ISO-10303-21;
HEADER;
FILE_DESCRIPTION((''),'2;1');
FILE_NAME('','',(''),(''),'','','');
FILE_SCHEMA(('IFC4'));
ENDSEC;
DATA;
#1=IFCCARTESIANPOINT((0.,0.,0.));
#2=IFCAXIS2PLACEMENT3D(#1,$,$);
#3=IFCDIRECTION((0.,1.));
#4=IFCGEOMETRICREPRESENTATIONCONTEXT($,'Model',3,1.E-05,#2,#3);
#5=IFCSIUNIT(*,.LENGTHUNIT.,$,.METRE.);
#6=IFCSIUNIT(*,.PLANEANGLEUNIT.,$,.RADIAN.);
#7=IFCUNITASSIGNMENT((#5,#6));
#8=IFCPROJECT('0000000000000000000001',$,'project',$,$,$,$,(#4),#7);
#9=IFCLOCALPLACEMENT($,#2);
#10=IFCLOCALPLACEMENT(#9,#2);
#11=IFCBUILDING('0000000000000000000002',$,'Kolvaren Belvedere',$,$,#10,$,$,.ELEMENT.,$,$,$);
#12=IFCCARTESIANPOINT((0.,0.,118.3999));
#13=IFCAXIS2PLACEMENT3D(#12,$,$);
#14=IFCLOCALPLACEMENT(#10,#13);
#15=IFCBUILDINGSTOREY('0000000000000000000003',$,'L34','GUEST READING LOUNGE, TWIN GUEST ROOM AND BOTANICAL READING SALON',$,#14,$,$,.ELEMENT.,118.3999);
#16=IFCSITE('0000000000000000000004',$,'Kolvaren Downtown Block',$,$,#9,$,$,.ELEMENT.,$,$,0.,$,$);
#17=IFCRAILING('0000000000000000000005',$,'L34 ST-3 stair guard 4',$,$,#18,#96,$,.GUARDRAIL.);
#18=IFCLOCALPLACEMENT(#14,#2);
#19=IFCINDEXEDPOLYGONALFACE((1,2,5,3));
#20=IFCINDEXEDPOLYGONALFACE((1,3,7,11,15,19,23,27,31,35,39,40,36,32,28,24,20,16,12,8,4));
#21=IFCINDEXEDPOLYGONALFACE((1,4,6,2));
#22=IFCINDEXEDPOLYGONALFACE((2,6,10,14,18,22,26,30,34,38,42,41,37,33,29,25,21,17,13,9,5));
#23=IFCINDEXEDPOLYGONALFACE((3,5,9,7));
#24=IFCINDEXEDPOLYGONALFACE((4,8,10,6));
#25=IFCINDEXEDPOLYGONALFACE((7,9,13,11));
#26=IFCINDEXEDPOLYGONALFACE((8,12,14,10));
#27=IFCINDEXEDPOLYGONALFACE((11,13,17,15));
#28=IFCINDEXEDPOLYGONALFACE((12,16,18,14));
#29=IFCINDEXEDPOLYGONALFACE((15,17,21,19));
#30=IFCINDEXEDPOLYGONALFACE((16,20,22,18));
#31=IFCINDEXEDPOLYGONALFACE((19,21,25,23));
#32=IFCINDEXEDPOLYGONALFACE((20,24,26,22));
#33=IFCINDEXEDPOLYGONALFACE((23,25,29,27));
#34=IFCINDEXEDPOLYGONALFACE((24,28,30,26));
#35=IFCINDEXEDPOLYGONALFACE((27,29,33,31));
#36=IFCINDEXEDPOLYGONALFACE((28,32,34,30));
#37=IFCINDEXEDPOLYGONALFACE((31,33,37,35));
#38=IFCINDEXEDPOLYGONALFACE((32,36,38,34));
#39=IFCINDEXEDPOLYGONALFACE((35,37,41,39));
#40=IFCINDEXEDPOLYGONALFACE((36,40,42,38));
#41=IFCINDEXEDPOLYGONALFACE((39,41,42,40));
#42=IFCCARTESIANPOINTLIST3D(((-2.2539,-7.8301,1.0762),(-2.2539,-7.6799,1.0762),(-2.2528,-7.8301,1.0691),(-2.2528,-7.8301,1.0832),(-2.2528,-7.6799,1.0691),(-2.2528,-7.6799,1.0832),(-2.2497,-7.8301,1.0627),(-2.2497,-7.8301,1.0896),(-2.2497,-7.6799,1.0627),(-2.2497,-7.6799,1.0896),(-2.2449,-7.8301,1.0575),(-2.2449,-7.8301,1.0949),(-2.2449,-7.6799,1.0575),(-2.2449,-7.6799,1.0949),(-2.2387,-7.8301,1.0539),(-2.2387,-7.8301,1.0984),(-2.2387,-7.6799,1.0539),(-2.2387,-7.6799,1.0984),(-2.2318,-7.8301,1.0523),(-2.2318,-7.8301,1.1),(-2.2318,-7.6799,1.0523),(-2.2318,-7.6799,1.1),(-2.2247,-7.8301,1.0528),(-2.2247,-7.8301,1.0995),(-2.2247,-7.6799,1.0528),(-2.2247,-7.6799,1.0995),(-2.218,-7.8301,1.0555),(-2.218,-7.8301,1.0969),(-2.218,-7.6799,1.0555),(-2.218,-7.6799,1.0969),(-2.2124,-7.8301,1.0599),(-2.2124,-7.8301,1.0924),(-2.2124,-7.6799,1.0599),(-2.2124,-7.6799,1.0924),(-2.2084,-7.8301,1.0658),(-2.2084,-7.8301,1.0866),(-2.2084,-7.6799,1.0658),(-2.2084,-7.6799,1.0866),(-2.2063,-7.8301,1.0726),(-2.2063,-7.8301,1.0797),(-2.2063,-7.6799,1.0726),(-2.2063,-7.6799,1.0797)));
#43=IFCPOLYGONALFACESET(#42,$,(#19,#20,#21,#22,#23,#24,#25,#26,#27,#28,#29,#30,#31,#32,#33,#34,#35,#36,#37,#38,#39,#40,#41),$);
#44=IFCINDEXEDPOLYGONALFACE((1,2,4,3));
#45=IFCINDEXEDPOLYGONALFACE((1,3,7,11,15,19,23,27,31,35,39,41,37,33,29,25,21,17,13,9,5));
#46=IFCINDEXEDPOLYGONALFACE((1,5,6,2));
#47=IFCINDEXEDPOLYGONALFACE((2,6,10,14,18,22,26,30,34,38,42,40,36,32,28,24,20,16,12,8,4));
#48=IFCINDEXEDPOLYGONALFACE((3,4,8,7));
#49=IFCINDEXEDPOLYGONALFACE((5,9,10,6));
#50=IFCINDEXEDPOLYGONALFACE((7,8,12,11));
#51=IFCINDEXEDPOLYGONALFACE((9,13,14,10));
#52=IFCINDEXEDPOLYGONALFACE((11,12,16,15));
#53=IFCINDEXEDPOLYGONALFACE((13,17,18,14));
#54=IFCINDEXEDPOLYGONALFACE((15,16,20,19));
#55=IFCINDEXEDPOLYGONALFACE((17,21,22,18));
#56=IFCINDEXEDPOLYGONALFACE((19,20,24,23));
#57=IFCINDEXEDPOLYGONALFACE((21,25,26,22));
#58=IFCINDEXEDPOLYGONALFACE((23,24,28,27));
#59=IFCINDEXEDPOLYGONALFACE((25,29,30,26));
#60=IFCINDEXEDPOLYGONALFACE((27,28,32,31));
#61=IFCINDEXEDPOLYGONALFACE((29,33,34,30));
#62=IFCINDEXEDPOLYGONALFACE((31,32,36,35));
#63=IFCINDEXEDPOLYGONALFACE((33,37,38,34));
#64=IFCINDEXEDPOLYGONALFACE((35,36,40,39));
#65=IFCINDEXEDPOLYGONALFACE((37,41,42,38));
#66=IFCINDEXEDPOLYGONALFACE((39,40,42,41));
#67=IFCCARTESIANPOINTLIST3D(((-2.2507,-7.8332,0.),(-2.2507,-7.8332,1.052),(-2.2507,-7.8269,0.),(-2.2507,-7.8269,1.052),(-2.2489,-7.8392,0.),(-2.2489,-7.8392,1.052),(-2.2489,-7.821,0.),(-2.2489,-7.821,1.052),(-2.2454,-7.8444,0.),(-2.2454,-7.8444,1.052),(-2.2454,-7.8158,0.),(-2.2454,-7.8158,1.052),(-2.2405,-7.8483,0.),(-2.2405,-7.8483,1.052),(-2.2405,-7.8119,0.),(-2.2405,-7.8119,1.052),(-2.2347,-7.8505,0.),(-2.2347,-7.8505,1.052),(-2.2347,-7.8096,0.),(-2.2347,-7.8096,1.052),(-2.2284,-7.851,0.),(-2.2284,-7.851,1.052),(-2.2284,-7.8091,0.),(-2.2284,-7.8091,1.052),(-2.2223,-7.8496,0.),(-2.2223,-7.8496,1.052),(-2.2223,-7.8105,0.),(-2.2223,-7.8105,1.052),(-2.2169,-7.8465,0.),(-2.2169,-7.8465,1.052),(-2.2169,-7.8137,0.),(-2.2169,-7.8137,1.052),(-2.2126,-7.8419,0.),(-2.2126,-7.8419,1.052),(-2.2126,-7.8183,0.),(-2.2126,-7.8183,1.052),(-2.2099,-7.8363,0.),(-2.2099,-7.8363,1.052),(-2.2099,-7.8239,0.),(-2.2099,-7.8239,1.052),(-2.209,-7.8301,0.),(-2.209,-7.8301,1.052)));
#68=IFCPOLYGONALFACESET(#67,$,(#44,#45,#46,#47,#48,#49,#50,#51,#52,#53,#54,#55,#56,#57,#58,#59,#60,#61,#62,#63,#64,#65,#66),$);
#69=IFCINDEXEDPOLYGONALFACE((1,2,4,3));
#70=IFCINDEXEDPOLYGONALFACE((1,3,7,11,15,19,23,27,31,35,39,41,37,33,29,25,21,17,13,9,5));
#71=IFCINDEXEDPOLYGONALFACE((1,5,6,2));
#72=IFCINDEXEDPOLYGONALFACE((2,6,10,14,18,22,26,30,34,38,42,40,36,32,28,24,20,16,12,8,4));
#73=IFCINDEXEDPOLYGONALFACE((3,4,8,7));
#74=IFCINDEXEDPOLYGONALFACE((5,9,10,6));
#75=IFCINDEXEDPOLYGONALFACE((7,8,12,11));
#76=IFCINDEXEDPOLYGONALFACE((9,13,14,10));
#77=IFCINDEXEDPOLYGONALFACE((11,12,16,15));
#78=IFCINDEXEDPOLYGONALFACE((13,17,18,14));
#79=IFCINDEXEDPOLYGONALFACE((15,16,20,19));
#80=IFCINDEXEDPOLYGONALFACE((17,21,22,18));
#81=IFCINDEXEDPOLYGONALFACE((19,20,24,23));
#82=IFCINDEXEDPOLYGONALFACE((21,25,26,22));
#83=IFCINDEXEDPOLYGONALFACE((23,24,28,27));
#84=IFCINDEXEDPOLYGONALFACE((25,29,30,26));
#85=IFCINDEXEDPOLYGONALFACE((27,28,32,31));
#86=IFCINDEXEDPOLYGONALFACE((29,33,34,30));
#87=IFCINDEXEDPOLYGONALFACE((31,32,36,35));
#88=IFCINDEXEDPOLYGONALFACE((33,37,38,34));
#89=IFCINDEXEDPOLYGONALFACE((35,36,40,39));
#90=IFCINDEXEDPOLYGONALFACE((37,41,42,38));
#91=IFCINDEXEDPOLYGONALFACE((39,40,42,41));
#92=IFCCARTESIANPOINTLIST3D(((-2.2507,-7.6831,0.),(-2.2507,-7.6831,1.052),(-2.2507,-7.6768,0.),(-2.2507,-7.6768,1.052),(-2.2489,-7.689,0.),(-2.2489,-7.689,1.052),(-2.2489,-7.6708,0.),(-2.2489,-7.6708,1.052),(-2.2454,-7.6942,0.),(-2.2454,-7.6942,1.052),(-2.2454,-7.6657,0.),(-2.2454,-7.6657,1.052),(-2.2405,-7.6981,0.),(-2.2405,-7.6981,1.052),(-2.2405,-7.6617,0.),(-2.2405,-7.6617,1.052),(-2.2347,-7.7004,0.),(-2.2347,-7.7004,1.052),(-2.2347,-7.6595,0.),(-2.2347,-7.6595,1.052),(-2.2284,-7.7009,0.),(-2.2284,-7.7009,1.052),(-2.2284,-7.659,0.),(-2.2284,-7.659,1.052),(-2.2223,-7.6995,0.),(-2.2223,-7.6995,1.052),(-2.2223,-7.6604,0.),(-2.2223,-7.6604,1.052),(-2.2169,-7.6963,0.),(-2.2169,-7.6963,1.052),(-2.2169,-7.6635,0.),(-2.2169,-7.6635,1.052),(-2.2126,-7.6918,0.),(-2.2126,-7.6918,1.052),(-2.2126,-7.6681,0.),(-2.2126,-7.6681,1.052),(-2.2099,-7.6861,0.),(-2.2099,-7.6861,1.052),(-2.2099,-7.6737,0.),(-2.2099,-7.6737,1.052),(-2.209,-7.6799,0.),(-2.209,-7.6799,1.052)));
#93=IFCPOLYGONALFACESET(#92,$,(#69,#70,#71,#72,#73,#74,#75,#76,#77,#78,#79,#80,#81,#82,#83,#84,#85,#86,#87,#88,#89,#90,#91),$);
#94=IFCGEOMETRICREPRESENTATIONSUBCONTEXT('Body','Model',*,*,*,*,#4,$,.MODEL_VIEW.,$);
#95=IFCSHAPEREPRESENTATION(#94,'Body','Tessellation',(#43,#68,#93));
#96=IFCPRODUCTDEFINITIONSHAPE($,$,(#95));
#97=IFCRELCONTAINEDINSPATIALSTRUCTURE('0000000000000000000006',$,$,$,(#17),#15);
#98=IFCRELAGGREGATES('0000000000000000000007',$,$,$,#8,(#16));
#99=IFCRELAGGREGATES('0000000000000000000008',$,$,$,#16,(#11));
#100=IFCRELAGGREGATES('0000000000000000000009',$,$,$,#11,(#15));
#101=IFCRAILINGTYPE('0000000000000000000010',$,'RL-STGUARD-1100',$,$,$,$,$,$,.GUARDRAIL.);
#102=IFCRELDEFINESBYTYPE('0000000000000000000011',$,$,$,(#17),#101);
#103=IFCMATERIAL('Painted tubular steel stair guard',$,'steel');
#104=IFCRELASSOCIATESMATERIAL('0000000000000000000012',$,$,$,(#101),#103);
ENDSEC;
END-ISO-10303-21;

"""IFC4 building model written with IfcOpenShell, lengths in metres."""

from ifc_helpers import new_model, si_unit, direction, frame, origin, origin_2d, place, context, subcontext, project, spatial, circle, extrude, material, type_object, element, save


model = new_model("IFC4")

# Units and contexts
model_context = context("Model", 3, precision=1e-05, world=origin(), true_north=direction((0.0, 1.0)))
body_context = subcontext(model_context, "Body", "Model", "MODEL_VIEW")
ifc_project = project(units=[si_unit("LENGTHUNIT", "METRE"), si_unit("PLANEANGLEUNIT", "RADIAN")], contexts=[model_context])

# Site, building, storey
site_placement = place(None, origin())
site = spatial("IfcSite", under=ifc_project, at=site_placement, Name="Kolvaren Downtown Block", CompositionType="ELEMENT", RefElevation=0.0)
building_placement = place(site_placement, origin())
building = spatial("IfcBuilding", under=site, at=building_placement, Name="Kolvaren Belvedere", CompositionType="ELEMENT")
storey_placement = place(building_placement, frame((0.0, 0.0, 118.3999)))
storey = spatial("IfcBuildingStorey", under=building, at=storey_placement, Name="L34", Description="GUEST READING LOUNGE, TWIN GUEST ROOM AND BOTANICAL READING SALON", CompositionType="ELEMENT", Elevation=118.3999)

# Railing
ifc_material_1 = material(Name="Painted tubular steel stair guard", Category="steel")
railing_type_1 = type_object("IfcRailingType", Name="RL-STGUARD-1100", PredefinedType="GUARDRAIL", material=ifc_material_1)
railing_1_placement = place(storey_placement, frame((-2.23, -7.8301, 0.0)))
element("IfcRailing", 1, at=railing_1_placement, inside=storey, type_object=railing_type_1, Name="L34 ST-3 stair guard 4", PredefinedType="GUARDRAIL", context=body_context, shape_type="SweptSolid", body=[
    extrude(circle(Radius=0.0239, at=origin_2d()), frame((0.0, 0.0, 1.0762), z_axis=(0.0, 1.0, 0.0), x_axis=(-1.0, 0.0, 0.0)), (0.0, 0.0, 1.0), 0.1501),
    extrude(circle(Radius=0.021, at=origin_2d()), origin(), (0.0, 0.0, 1.0), 1.052),
    extrude(circle(Radius=0.021, at=origin_2d()), frame((0.0, 0.1501, 0.0)), (0.0, 0.0, 1.0), 1.052),
])

save(model, "model.ifc")
